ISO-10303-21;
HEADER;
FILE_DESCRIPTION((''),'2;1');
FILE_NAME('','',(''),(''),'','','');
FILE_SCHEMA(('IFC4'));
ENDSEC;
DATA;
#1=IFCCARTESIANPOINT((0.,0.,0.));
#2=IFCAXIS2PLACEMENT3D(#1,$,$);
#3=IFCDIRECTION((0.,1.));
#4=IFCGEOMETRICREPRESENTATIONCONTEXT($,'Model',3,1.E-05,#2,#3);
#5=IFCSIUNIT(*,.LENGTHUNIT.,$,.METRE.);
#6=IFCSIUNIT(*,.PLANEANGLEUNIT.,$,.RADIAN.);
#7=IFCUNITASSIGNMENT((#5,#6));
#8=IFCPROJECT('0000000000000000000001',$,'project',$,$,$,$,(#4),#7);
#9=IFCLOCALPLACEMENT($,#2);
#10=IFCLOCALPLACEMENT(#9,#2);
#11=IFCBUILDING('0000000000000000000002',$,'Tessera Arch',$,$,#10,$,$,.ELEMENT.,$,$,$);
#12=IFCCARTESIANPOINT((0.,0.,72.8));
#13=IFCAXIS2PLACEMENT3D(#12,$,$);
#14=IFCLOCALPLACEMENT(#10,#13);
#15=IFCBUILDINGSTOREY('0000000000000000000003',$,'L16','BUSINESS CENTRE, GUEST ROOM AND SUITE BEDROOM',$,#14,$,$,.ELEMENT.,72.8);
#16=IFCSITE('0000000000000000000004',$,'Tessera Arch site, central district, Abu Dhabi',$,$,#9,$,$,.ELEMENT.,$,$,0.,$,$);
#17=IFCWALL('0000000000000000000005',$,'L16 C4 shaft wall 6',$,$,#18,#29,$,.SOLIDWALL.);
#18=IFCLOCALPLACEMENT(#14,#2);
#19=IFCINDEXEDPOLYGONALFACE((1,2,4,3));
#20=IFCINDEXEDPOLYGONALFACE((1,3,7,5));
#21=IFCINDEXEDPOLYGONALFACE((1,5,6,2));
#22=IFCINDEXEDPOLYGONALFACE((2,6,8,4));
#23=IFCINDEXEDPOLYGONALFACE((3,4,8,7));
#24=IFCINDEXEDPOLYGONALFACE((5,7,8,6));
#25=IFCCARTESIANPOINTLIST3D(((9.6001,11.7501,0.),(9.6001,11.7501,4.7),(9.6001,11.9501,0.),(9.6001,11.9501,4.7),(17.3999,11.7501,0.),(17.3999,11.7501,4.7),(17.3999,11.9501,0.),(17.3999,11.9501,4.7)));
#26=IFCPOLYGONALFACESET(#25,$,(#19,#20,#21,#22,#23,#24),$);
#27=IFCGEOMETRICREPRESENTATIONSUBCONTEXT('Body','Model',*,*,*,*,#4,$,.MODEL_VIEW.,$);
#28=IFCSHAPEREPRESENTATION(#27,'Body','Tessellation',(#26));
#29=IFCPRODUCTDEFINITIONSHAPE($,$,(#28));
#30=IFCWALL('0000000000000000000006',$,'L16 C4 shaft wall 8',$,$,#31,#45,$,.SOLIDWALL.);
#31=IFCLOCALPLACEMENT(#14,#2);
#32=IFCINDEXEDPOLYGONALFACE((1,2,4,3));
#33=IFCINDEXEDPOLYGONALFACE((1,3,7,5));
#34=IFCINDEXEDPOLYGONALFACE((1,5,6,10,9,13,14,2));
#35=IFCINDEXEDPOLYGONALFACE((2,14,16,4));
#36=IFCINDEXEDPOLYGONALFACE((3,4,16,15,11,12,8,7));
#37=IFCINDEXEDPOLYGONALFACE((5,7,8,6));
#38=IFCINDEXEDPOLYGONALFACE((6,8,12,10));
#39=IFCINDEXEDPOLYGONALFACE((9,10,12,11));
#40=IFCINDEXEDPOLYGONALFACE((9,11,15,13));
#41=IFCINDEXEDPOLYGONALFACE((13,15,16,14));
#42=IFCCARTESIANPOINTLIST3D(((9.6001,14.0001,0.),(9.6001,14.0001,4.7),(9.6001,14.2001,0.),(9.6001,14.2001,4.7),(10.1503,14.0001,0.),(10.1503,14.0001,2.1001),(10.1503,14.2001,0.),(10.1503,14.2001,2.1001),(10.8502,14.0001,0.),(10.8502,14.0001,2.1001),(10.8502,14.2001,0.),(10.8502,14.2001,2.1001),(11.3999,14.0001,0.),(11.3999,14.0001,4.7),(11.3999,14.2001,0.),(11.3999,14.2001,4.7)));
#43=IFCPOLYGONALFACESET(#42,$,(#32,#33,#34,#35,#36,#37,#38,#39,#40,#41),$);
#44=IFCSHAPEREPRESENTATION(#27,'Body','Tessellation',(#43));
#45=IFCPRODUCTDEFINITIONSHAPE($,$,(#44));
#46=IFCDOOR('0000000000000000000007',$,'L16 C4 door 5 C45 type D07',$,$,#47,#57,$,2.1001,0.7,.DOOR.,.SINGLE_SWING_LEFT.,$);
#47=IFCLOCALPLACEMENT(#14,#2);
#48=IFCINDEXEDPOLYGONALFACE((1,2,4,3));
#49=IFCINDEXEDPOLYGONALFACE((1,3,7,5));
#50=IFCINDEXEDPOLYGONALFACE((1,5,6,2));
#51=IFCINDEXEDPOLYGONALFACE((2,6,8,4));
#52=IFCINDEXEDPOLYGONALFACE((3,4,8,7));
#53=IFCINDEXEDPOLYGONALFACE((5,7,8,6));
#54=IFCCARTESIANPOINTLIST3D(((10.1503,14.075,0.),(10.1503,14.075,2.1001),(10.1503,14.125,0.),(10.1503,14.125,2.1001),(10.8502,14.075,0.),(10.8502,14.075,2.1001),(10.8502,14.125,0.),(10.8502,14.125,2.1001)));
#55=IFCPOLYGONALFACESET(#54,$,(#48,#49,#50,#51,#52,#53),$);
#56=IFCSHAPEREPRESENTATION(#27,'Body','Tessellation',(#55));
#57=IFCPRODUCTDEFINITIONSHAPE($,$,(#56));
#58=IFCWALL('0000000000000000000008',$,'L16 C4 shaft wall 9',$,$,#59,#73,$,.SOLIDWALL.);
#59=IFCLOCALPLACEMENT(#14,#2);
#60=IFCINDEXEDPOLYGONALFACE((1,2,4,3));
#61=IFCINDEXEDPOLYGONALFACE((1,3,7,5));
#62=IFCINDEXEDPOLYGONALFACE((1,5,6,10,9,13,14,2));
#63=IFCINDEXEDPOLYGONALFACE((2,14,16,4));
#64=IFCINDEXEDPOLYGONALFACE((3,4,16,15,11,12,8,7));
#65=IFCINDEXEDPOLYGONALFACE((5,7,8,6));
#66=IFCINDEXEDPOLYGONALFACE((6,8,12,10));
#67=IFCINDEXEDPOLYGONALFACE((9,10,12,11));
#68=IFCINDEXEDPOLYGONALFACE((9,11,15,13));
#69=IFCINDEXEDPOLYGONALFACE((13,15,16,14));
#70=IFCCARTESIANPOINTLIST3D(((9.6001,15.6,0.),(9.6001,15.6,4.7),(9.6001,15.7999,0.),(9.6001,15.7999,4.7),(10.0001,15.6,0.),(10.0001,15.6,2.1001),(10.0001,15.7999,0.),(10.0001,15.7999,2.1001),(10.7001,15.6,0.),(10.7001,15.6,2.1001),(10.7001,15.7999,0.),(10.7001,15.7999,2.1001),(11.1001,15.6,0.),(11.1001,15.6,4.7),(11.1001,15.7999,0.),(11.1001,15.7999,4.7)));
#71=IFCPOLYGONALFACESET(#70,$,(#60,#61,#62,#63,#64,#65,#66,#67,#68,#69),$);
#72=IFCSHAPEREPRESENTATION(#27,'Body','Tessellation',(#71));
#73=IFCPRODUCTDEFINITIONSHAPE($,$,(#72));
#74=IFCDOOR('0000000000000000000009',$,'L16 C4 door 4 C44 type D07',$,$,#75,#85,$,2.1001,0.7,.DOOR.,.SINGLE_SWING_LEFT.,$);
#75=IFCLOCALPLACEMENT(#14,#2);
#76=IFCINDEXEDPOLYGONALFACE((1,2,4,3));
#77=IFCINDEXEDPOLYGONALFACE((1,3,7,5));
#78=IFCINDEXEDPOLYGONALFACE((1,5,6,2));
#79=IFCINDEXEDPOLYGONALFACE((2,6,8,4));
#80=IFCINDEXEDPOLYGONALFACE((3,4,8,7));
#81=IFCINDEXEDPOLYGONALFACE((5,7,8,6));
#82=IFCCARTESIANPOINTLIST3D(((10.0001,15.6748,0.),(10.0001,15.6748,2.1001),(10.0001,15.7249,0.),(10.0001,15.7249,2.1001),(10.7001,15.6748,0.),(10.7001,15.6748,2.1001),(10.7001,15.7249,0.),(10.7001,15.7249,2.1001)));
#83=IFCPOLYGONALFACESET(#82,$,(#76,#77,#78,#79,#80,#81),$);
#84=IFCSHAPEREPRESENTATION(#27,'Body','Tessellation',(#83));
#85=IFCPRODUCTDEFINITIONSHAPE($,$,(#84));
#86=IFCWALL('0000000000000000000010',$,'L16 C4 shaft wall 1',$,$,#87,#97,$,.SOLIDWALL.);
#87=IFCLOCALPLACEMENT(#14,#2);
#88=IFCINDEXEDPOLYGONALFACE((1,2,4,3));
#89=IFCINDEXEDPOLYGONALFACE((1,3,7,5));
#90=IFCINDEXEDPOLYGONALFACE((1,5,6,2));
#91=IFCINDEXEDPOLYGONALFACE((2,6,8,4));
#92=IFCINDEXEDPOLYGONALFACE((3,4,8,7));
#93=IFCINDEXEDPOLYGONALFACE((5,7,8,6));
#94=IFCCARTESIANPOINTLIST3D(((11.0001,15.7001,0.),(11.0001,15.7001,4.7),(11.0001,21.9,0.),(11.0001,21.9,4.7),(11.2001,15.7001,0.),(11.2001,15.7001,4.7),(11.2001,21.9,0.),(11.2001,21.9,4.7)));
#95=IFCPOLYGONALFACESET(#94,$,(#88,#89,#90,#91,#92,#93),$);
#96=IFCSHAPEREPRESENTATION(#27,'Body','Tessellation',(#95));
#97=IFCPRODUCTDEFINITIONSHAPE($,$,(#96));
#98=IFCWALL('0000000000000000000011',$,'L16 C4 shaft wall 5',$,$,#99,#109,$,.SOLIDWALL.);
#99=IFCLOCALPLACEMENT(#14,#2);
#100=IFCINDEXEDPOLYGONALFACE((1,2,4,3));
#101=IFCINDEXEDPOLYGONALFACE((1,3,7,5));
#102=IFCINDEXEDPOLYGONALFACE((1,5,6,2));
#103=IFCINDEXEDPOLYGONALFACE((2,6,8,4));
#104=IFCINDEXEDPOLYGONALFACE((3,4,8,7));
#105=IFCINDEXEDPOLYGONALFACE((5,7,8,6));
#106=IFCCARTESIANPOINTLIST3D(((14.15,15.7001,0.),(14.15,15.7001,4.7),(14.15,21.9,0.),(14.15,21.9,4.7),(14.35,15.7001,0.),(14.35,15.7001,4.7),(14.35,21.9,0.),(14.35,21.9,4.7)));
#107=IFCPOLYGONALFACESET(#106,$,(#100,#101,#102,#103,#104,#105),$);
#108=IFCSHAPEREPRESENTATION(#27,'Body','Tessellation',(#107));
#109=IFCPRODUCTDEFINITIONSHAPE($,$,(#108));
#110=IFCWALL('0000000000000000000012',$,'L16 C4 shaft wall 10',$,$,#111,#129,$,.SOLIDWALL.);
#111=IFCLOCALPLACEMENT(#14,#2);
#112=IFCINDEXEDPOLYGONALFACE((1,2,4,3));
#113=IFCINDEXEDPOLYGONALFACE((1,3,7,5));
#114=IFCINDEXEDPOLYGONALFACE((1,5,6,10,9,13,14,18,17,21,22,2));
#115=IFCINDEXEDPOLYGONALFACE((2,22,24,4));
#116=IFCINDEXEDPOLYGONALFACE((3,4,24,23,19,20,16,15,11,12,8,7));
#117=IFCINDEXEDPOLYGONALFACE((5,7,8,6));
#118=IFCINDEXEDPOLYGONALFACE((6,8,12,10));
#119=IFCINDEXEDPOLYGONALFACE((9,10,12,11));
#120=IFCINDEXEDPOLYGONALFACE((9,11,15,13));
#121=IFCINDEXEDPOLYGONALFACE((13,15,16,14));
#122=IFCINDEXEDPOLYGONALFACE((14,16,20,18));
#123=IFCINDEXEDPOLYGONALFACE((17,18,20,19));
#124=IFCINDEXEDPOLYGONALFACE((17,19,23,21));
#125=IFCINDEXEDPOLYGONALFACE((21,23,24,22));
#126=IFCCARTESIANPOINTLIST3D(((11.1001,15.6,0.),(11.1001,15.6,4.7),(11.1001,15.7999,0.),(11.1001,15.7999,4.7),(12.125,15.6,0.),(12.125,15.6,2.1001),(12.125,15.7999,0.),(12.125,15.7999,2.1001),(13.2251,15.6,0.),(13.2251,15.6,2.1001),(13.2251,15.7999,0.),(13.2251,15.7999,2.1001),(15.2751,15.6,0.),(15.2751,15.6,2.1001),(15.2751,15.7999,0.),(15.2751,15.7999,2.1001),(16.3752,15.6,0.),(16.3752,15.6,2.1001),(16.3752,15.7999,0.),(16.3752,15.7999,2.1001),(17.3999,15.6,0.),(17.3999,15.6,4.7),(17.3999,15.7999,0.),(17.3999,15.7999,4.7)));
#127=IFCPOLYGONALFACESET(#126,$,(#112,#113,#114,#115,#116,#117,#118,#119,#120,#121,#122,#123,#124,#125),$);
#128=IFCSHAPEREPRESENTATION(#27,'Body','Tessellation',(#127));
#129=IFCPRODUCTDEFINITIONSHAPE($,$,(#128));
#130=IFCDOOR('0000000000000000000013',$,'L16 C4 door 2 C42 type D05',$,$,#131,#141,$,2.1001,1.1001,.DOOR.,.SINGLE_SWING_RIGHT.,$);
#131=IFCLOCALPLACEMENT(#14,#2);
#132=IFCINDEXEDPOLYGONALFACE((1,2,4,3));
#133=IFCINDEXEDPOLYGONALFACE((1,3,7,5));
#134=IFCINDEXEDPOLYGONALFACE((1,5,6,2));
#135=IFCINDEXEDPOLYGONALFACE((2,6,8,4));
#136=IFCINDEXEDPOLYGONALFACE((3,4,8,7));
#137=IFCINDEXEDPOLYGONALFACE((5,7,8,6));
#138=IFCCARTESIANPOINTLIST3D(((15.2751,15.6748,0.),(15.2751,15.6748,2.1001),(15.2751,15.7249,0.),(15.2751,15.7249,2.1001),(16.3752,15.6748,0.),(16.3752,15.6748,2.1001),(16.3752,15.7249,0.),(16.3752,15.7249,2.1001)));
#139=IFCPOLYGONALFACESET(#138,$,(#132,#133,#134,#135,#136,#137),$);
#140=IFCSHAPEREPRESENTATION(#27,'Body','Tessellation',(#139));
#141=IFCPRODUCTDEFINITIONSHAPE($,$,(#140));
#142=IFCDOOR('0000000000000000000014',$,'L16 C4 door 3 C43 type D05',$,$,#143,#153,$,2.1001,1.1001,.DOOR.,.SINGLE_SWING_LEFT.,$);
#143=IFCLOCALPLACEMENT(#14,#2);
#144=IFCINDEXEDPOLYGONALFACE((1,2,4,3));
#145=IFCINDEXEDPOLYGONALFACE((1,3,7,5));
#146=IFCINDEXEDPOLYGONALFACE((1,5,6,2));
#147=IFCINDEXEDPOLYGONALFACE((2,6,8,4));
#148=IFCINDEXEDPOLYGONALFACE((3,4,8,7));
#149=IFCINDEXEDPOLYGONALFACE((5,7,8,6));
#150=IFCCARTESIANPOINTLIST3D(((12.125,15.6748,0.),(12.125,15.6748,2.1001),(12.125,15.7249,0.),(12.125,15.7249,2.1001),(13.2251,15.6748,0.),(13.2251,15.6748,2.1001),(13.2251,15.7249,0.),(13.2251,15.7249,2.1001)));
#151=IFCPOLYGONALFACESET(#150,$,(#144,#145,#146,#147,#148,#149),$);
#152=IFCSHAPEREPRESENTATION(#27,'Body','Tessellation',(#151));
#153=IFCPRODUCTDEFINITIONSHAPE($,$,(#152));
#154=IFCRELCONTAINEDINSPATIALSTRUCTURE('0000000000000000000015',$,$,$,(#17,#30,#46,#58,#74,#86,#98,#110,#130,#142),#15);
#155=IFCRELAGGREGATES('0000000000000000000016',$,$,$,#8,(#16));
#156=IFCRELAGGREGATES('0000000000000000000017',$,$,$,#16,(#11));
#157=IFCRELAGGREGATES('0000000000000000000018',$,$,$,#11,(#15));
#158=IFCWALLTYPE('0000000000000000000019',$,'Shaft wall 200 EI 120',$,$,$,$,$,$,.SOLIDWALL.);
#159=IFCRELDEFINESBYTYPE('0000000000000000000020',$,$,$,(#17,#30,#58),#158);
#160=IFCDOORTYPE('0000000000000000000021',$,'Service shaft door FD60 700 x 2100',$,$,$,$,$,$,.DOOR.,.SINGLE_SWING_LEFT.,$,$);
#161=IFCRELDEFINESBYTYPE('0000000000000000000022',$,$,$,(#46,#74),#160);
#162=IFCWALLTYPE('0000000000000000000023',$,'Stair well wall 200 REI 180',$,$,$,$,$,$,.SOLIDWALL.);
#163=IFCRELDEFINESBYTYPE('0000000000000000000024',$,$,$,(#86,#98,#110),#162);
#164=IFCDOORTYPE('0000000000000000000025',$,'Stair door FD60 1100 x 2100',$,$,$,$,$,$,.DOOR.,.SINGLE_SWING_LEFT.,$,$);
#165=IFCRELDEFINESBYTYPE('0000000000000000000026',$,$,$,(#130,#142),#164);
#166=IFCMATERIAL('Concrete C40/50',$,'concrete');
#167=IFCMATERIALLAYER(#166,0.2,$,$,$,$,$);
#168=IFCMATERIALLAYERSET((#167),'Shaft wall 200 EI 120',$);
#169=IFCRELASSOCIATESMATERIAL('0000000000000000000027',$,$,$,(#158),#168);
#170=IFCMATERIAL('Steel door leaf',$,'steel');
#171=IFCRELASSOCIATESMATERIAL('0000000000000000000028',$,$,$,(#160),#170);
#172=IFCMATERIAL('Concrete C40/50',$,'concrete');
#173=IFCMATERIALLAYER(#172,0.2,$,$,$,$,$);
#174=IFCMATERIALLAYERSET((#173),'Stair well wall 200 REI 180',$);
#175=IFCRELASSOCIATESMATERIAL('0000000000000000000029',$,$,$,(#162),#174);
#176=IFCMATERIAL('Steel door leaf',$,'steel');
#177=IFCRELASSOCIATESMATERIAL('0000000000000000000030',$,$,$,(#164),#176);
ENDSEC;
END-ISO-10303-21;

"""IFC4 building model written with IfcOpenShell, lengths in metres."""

from ifc_helpers import new_model, si_unit, direction, frame, frame_2d, origin, place, context, subcontext, project, spatial, rectangle, extrude, material, layer, layer_set, type_object, element, fill, save


model = new_model("IFC4")

# Units and contexts
model_context = context("Model", 3, precision=1e-05, world=origin(), true_north=direction((0.0, 1.0)))
body_context = subcontext(model_context, "Body", "Model", "MODEL_VIEW")
ifc_project = project(units=[si_unit("LENGTHUNIT", "METRE"), si_unit("PLANEANGLEUNIT", "RADIAN")], contexts=[model_context])

# Site, building, storey
site_placement = place(None, origin())
site = spatial("IfcSite", under=ifc_project, at=site_placement, Name="Tessera Arch site, central district, Abu Dhabi", CompositionType="ELEMENT", RefElevation=0.0)
building_placement = place(site_placement, origin())
building = spatial("IfcBuilding", under=site, at=building_placement, Name="Tessera Arch", CompositionType="ELEMENT")
storey_placement = place(building_placement, frame((0.0, 0.0, 72.8)))
storey = spatial("IfcBuildingStorey", under=building, at=storey_placement, Name="L16", Description="BUSINESS CENTRE, GUEST ROOM AND SUITE BEDROOM", CompositionType="ELEMENT", Elevation=72.8)

# Wall
ifc_material_1 = material(Name="Concrete C40/50", Category="concrete")
ifc_layer_1 = layer(ifc_material_1, 0.2)
ifc_layer_set_1 = layer_set([ifc_layer_1], Name="Shaft wall 200 EI 120")
wall_type_1 = type_object("IfcWallType", Name="Shaft wall 200 EI 120", PredefinedType="SOLIDWALL", material=ifc_layer_set_1)
wall_1_placement = place(storey_placement, frame((9.6001, 11.8501, 0.0), z_axis=(0.0, 0.0, 1.0), x_axis=(1.0, 0.0, 0.0)))
element("IfcWall", 1, at=wall_1_placement, inside=storey, type_object=wall_type_1, Name="L16 C4 shaft wall 6", PredefinedType="SOLIDWALL", context=body_context, shape_type="SweptSolid", body=[
    extrude(rectangle(XDim=7.7998, YDim=0.2, at=frame_2d((3.8999, 0.0))), origin(), (0.0, 0.0, 1.0), 4.7),
])

# Walls, openings, doors
wall_2_placement = place(storey_placement, frame((9.6001, 14.1001, 0.0), z_axis=(0.0, 0.0, 1.0), x_axis=(1.0, 0.0, 0.0)))
wall_2 = element("IfcWall", 2, at=wall_2_placement, inside=storey, type_object=wall_type_1, Name="L16 C4 shaft wall 8", PredefinedType="SOLIDWALL", context=body_context, shape_type="SweptSolid", body=[
    extrude(rectangle(XDim=1.7998, YDim=0.2, at=frame_2d((0.8999, 0.0))), origin(), (0.0, 0.0, 1.0), 4.7),
])
opening_1_placement = place(wall_2_placement, frame((0.55, 0.0, 0.0)))
opening_1 = element("IfcOpeningElement", 3, at=opening_1_placement, cuts=wall_2, PredefinedType="OPENING", context=body_context, shape_type="SweptSolid", body=[
    extrude(rectangle(XDim=0.7, YDim=2.1001, at=frame_2d((0.3501, 1.05))), frame((0.0, 0.1099, 0.0), z_axis=(0.0, -1.0, 0.0), x_axis=(1.0, 0.0, 0.0)), (0.0, 0.0, 1.0), 0.22),
])
ifc_material_2 = material(Name="Steel door leaf", Category="steel")
door_type_1 = type_object("IfcDoorType", Name="Service shaft door FD60 700 x 2100", OperationType="SINGLE_SWING_LEFT", PredefinedType="DOOR", material=ifc_material_2)
door_1_placement = place(opening_1_placement, origin())
door_1 = element("IfcDoor", 4, at=door_1_placement, inside=storey, type_object=door_type_1, Name="L16 C4 door 5 C45 type D07", OperationType="SINGLE_SWING_LEFT", OverallHeight=2.1001, OverallWidth=0.7, PredefinedType="DOOR", context=body_context, shape_type="SweptSolid", body=[
    extrude(rectangle(XDim=0.7, YDim=2.1001, at=frame_2d((0.3501, 1.05))), frame((0.0, 0.0249, 0.0), z_axis=(0.0, -1.0, 0.0), x_axis=(1.0, 0.0, 0.0)), (0.0, 0.0, 1.0), 0.05),
])
fill(opening_1, door_1)
wall_3_placement = place(storey_placement, frame((9.6001, 15.7, 0.0), z_axis=(0.0, 0.0, 1.0), x_axis=(1.0, 0.0, 0.0)))
wall_3 = element("IfcWall", 5, at=wall_3_placement, inside=storey, type_object=wall_type_1, Name="L16 C4 shaft wall 9", PredefinedType="SOLIDWALL", context=body_context, shape_type="SweptSolid", body=[
    extrude(rectangle(XDim=1.5, YDim=0.2, at=frame_2d((0.75, 0.0))), origin(), (0.0, 0.0, 1.0), 4.7),
])
opening_2_placement = place(wall_3_placement, frame((0.3999, 0.0, 0.0)))
opening_2 = element("IfcOpeningElement", 6, at=opening_2_placement, cuts=wall_3, PredefinedType="OPENING", context=body_context, shape_type="SweptSolid", body=[
    extrude(rectangle(XDim=0.7, YDim=2.1001, at=frame_2d((0.3501, 1.05))), frame((0.0, 0.1099, 0.0), z_axis=(0.0, -1.0, 0.0), x_axis=(1.0, 0.0, 0.0)), (0.0, 0.0, 1.0), 0.22),
])
door_2_placement = place(opening_2_placement, origin())
door_2 = element("IfcDoor", 7, at=door_2_placement, inside=storey, type_object=door_type_1, Name="L16 C4 door 4 C44 type D07", OperationType="SINGLE_SWING_LEFT", OverallHeight=2.1001, OverallWidth=0.7, PredefinedType="DOOR", context=body_context, shape_type="SweptSolid", body=[
    extrude(rectangle(XDim=0.7, YDim=2.1001, at=frame_2d((0.3501, 1.05))), frame((0.0, 0.0249, 0.0), z_axis=(0.0, -1.0, 0.0), x_axis=(1.0, 0.0, 0.0)), (0.0, 0.0, 1.0), 0.05),
])
fill(opening_2, door_2)

# Walls
ifc_material_3 = material(Name="Concrete C40/50", Category="concrete")
ifc_layer_2 = layer(ifc_material_3, 0.2)
ifc_layer_set_2 = layer_set([ifc_layer_2], Name="Stair well wall 200 REI 180")
wall_type_2 = type_object("IfcWallType", Name="Stair well wall 200 REI 180", PredefinedType="SOLIDWALL", material=ifc_layer_set_2)
for number, where, z_axis, x_axis, name in (
    (8, (11.1001, 15.7, 0.0), (0.0, 0.0, 1.0), (0.0, 1.0, 0.0), "L16 C4 shaft wall 1"),
    (9, (14.25, 15.7, 0.0), (0.0, 0.0, 1.0), (0.0, 1.0, 0.0), "L16 C4 shaft wall 5"),
):
    element("IfcWall", number, at=place(storey_placement, frame(where, z_axis=z_axis, x_axis=x_axis)), inside=storey, type_object=wall_type_2, Name=name, PredefinedType="SOLIDWALL", context=body_context, shape_type="SweptSolid", body=[
        extrude(rectangle(XDim=6.2, YDim=0.2, at=frame_2d((3.1001, 0.0))), origin(), (0.0, 0.0, 1.0), 4.7),
    ])

# Wall, openings, doors
wall_4_placement = place(storey_placement, frame((11.1001, 15.7, 0.0), z_axis=(0.0, 0.0, 1.0), x_axis=(1.0, 0.0, 0.0)))
wall_4 = element("IfcWall", 10, at=wall_4_placement, inside=storey, type_object=wall_type_2, Name="L16 C4 shaft wall 10", PredefinedType="SOLIDWALL", context=body_context, shape_type="SweptSolid", body=[
    extrude(rectangle(XDim=6.2998, YDim=0.2, at=frame_2d((3.1499, 0.0))), origin(), (0.0, 0.0, 1.0), 4.7),
])
opening_3_placement = place(wall_4_placement, frame((4.175, 0.0, 0.0)))
opening_3 = element("IfcOpeningElement", 11, at=opening_3_placement, cuts=wall_4, PredefinedType="OPENING", context=body_context, shape_type="SweptSolid", body=[
    extrude(rectangle(XDim=1.1001, YDim=2.1001, at=frame_2d((0.55, 1.05))), frame((0.0, 0.1099, 0.0), z_axis=(0.0, -1.0, 0.0), x_axis=(1.0, 0.0, 0.0)), (0.0, 0.0, 1.0), 0.22),
])
opening_4_placement = place(wall_4_placement, frame((1.0249, 0.0, 0.0)))
opening_4 = element("IfcOpeningElement", 12, at=opening_4_placement, cuts=wall_4, PredefinedType="OPENING", context=body_context, shape_type="SweptSolid", body=[
    extrude(rectangle(XDim=1.1001, YDim=2.1001, at=frame_2d((0.55, 1.05))), frame((0.0, 0.1099, 0.0), z_axis=(0.0, -1.0, 0.0), x_axis=(1.0, 0.0, 0.0)), (0.0, 0.0, 1.0), 0.22),
])
ifc_material_4 = material(Name="Steel door leaf", Category="steel")
door_type_2 = type_object("IfcDoorType", Name="Stair door FD60 1100 x 2100", OperationType="SINGLE_SWING_LEFT", PredefinedType="DOOR", material=ifc_material_4)
door_3_placement = place(opening_3_placement, origin())
door_3 = element("IfcDoor", 13, at=door_3_placement, inside=storey, type_object=door_type_2, Name="L16 C4 door 2 C42 type D05", OperationType="SINGLE_SWING_RIGHT", OverallHeight=2.1001, OverallWidth=1.1001, PredefinedType="DOOR", context=body_context, shape_type="SweptSolid", body=[
    extrude(rectangle(XDim=1.1001, YDim=2.1001, at=frame_2d((0.55, 1.05))), frame((0.0, 0.0249, 0.0), z_axis=(0.0, -1.0, 0.0), x_axis=(1.0, 0.0, 0.0)), (0.0, 0.0, 1.0), 0.05),
])
fill(opening_3, door_3)
door_4_placement = place(opening_4_placement, origin())
door_4 = element("IfcDoor", 14, at=door_4_placement, inside=storey, type_object=door_type_2, Name="L16 C4 door 3 C43 type D05", OperationType="SINGLE_SWING_LEFT", OverallHeight=2.1001, OverallWidth=1.1001, PredefinedType="DOOR", context=body_context, shape_type="SweptSolid", body=[
    extrude(rectangle(XDim=1.1001, YDim=2.1001, at=frame_2d((0.55, 1.05))), frame((0.0, 0.0249, 0.0), z_axis=(0.0, -1.0, 0.0), x_axis=(1.0, 0.0, 0.0)), (0.0, 0.0, 1.0), 0.05),
])
fill(opening_4, door_4)

save(model, "model.ifc")
